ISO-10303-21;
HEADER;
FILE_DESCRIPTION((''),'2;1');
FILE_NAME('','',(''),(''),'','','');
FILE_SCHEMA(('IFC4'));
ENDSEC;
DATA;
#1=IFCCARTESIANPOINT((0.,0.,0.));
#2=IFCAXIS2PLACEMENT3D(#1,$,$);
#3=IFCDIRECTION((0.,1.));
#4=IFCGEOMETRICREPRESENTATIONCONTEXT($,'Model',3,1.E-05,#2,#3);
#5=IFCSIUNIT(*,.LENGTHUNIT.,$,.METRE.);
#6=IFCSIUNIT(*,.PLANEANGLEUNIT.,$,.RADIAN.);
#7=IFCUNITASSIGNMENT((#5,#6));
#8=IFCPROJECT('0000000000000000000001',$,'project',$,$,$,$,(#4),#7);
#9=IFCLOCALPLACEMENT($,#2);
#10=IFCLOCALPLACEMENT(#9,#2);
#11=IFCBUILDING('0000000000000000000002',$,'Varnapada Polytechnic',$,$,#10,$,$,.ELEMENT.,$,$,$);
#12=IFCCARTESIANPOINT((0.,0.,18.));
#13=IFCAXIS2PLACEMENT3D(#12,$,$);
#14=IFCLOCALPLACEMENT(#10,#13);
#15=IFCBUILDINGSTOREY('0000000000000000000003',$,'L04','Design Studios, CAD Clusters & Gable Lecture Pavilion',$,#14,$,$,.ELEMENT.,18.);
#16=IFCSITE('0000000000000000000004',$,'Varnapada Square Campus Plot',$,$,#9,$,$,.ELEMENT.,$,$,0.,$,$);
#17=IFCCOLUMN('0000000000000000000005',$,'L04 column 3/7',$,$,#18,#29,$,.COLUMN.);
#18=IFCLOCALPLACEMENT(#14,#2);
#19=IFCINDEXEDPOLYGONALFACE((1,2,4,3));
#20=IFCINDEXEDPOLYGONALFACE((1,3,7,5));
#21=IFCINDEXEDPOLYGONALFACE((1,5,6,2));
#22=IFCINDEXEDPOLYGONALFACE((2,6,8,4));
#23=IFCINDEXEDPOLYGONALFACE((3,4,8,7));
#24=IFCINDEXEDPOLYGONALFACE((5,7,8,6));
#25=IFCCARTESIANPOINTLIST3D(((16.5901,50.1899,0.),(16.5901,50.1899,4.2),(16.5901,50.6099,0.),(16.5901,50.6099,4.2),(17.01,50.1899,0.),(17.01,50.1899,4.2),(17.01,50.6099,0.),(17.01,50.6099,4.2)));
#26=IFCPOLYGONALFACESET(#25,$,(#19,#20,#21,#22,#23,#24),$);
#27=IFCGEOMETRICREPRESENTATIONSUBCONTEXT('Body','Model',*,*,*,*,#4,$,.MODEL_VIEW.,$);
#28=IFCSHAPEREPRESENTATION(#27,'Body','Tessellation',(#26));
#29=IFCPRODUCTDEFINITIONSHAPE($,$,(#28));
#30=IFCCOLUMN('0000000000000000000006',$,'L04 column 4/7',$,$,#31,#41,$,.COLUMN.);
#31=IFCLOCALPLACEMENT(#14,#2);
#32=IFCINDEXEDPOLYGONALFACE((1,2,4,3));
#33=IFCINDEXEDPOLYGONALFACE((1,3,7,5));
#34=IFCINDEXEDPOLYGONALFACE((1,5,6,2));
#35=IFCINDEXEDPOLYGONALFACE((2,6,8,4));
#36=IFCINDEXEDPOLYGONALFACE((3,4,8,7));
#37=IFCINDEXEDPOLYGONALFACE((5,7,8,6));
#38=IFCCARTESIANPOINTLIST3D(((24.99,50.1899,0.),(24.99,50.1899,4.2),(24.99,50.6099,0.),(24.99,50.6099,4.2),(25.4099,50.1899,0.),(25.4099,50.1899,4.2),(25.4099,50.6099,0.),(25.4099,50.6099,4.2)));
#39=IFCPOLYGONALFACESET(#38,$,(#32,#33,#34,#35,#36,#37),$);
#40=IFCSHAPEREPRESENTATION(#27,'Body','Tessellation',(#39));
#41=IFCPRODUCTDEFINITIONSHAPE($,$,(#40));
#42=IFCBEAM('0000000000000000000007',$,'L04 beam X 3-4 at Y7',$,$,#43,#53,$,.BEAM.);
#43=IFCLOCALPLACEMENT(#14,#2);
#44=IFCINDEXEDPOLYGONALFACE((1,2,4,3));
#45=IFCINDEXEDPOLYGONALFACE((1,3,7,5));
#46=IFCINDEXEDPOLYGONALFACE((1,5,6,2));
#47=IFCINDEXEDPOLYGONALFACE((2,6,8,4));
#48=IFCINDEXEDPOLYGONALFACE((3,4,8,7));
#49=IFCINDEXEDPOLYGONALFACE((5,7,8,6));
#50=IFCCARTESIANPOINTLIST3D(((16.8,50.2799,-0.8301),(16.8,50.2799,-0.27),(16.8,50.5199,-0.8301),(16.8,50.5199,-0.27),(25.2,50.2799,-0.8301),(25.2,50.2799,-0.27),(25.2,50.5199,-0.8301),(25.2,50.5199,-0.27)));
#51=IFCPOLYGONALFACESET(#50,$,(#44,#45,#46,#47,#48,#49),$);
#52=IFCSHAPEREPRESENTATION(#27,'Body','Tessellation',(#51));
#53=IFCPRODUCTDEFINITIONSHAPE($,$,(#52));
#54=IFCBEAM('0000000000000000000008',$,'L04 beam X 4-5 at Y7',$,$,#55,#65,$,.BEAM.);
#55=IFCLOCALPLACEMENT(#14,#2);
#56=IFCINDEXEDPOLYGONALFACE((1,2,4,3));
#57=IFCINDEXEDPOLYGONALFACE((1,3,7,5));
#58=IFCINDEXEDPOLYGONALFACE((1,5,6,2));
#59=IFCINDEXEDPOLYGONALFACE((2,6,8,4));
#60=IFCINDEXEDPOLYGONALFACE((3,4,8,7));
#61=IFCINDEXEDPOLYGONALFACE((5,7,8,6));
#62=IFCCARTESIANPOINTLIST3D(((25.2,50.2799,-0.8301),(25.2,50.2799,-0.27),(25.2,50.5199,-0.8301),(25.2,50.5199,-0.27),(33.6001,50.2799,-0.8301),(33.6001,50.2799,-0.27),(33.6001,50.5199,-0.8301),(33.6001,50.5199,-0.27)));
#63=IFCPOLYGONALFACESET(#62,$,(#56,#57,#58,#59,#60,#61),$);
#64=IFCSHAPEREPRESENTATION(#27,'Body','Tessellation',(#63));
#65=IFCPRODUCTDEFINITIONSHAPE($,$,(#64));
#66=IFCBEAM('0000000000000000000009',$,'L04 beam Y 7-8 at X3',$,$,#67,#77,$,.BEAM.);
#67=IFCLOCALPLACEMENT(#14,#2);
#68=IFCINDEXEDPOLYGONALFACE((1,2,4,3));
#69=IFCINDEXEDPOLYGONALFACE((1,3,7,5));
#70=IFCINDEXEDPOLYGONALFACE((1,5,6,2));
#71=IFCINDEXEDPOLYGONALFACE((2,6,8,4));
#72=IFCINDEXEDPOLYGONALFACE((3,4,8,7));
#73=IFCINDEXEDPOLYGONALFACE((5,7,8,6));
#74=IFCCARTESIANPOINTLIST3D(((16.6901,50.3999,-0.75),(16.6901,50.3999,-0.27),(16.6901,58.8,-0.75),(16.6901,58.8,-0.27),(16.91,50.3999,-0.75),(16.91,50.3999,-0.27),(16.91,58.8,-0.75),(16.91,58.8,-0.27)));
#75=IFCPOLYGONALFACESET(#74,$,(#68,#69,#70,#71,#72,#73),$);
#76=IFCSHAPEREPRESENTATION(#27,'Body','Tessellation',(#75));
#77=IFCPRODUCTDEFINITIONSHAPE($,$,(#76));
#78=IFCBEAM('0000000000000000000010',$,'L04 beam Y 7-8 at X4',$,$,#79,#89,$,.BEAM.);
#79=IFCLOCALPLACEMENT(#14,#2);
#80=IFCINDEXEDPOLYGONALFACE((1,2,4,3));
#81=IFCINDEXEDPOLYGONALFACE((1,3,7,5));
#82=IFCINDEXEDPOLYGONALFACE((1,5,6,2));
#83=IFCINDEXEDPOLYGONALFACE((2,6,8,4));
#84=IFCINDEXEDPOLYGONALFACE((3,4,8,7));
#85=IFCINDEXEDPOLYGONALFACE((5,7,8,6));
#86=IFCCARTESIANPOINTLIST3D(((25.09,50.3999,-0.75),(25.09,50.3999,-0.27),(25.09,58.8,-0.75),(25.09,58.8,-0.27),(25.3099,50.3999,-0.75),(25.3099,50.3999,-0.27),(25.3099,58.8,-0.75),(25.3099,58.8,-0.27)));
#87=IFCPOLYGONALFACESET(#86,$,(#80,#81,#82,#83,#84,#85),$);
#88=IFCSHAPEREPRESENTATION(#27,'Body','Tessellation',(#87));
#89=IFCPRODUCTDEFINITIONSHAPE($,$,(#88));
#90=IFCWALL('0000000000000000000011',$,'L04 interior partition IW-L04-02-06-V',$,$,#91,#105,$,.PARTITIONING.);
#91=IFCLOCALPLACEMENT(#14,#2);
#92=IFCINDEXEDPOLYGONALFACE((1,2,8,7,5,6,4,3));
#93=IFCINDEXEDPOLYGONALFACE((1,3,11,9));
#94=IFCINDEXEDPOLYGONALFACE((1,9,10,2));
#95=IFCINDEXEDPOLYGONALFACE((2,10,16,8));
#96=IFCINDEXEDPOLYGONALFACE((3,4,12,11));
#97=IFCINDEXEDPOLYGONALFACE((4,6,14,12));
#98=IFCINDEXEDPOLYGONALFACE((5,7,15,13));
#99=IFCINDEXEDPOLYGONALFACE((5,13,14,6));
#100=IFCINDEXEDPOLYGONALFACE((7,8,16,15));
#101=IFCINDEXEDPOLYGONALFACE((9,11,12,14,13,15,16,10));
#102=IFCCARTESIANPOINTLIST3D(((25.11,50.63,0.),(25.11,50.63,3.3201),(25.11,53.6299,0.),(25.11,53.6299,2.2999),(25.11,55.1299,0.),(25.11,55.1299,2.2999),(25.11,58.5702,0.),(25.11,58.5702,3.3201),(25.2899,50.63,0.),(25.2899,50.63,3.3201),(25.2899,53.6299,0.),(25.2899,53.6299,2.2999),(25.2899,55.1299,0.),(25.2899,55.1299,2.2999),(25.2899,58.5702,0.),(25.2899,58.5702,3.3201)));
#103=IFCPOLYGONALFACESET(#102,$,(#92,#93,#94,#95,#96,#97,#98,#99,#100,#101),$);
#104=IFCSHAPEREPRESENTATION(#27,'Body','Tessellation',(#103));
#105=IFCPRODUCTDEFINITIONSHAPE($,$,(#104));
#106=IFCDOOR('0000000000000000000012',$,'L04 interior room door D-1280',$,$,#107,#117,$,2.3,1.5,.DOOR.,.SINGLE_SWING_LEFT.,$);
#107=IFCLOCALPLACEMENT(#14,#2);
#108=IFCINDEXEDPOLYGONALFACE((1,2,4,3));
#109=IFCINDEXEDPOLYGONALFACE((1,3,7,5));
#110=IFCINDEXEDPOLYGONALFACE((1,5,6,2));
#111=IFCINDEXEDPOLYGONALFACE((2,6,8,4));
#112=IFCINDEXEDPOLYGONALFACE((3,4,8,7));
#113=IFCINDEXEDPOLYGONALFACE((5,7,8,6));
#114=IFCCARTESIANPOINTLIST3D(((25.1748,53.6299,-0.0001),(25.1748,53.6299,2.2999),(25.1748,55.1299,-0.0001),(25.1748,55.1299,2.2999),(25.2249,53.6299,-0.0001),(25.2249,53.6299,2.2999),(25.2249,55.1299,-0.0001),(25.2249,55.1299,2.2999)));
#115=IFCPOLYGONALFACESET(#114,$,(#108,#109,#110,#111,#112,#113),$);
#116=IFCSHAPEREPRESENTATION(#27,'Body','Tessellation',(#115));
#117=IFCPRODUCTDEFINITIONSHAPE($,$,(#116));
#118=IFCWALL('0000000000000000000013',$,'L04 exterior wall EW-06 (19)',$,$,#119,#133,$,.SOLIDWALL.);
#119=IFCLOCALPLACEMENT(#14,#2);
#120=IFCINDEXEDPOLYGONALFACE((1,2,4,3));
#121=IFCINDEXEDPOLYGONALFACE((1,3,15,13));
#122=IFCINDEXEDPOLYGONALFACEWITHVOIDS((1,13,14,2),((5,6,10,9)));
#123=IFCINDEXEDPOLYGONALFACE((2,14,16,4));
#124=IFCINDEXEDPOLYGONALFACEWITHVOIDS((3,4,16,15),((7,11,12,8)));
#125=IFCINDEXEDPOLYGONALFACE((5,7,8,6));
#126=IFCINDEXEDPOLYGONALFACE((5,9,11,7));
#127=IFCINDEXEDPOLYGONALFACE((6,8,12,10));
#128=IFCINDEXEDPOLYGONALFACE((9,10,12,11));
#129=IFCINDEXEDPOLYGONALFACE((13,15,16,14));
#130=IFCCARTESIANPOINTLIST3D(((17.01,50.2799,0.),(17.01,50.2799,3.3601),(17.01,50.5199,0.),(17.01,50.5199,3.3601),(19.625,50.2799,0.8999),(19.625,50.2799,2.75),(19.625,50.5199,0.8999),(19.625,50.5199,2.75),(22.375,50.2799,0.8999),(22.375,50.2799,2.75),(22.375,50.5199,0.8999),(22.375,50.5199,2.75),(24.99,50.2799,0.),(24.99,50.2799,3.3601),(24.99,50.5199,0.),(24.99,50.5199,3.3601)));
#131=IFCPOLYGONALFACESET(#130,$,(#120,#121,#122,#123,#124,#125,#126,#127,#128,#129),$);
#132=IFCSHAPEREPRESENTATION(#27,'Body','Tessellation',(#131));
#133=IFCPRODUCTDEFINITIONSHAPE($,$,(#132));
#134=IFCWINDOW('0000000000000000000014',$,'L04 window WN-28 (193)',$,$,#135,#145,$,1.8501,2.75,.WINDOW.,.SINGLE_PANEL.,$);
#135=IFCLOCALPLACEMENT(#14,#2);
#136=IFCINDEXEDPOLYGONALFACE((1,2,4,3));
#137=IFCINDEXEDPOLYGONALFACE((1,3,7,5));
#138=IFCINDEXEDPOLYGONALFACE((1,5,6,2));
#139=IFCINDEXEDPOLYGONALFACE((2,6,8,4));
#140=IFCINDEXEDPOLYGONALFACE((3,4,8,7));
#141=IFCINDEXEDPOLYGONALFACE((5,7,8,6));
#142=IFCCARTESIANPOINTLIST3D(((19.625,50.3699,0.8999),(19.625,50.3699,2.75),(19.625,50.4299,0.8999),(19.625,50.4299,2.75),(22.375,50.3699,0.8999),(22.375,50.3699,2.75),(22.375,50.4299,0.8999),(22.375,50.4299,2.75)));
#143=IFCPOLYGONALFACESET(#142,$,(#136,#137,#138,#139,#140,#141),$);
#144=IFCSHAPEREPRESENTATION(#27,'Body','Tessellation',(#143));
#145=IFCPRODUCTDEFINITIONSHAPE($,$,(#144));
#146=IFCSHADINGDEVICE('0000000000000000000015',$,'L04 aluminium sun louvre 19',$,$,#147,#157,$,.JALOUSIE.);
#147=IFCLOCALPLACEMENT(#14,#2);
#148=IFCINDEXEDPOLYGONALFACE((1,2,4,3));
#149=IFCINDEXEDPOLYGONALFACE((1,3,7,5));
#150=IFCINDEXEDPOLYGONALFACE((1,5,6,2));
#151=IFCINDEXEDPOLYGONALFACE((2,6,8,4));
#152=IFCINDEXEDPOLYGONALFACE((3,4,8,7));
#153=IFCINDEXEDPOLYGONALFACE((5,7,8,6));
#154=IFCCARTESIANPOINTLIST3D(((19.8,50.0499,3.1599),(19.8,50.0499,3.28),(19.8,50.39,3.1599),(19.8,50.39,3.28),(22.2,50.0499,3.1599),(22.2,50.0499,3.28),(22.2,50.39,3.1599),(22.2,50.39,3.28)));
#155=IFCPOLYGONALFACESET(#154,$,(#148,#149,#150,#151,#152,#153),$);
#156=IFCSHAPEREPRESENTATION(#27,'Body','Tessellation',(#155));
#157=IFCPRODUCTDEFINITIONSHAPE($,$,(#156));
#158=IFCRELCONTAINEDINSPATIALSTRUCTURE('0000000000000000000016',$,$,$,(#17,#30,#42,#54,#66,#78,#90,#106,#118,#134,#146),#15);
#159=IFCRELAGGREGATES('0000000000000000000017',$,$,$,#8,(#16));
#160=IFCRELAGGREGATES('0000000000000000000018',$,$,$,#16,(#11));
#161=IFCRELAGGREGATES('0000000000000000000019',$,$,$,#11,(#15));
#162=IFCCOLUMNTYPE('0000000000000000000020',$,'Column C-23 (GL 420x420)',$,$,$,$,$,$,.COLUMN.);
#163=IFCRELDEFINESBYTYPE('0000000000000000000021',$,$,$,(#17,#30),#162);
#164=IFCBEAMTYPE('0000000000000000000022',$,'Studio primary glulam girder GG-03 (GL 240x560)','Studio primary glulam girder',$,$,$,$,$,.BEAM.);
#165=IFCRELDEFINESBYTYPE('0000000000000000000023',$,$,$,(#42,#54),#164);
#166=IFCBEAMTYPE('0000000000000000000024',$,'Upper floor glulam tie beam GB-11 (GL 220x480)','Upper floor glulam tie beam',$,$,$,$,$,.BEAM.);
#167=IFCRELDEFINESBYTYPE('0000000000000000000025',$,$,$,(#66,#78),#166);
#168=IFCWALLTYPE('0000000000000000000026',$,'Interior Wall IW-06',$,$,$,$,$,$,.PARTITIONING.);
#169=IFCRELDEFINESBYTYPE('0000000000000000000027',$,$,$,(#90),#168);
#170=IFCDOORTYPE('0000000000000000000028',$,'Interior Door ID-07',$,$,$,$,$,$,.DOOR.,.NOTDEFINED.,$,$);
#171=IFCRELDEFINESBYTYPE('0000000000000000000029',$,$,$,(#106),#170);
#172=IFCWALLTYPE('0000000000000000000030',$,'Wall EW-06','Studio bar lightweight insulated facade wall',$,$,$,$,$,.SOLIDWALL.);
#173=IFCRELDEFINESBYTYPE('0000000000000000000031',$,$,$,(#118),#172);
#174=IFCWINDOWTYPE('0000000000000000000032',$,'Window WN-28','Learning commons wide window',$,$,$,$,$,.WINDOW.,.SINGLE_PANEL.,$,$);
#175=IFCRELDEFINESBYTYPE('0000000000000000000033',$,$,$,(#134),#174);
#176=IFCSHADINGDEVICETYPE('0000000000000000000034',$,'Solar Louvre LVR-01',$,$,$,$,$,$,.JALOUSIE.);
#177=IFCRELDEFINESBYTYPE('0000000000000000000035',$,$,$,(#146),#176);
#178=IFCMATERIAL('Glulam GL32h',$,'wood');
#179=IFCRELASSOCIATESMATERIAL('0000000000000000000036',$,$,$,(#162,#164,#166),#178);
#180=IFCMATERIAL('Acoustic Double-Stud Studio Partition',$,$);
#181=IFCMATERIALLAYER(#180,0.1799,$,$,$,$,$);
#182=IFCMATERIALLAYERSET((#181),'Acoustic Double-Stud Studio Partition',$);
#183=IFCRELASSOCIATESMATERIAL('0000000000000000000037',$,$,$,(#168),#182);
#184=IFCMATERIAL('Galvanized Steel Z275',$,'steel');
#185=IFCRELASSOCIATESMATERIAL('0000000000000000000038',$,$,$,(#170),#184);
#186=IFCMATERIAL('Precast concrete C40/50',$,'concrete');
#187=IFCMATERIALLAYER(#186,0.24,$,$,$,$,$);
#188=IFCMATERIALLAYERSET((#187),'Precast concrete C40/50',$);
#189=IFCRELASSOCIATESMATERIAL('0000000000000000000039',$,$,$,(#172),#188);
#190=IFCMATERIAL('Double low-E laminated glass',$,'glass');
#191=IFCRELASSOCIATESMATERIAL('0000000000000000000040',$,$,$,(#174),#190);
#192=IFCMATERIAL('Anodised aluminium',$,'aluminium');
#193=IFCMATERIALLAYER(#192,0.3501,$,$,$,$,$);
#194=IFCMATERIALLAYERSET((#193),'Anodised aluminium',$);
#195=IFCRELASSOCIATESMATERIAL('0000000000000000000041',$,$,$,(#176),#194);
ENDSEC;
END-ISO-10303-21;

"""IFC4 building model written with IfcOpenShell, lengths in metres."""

from ifc_helpers import new_model, si_unit, direction, frame, frame_2d, origin, origin_2d, place, context, subcontext, project, spatial, rectangle, extrude, material, layer, layer_set, material_profile, profile_set, type_object, element, fill, save


model = new_model("IFC4")

# Units and contexts
model_context = context("Model", 3, precision=1e-05, world=origin(), true_north=direction((0.0, 1.0)))
body_context = subcontext(model_context, "Body", "Model", "MODEL_VIEW")
ifc_project = project(units=[si_unit("LENGTHUNIT", "METRE"), si_unit("PLANEANGLEUNIT", "RADIAN")], contexts=[model_context])

# Site, building, storey
site_placement = place(None, origin())
site = spatial("IfcSite", under=ifc_project, at=site_placement, Name="Varnapada Square Campus Plot", CompositionType="ELEMENT", RefElevation=0.0)
building_placement = place(site_placement, origin())
building = spatial("IfcBuilding", under=site, at=building_placement, Name="Varnapada Polytechnic", CompositionType="ELEMENT")
storey_placement = place(building_placement, frame((0.0, 0.0, 18.0)))
storey = spatial("IfcBuildingStorey", under=building, at=storey_placement, Name="L04", Description="Design Studios, CAD Clusters & Gable Lecture Pavilion", CompositionType="ELEMENT", Elevation=18.0)

# Columns
ifc_material_1 = material(Name="Glulam GL32h", Category="wood")
ifc_material_profile_1 = material_profile(ifc_material_1, rectangle(XDim=0.4199, YDim=0.4199, at=origin_2d()), Name="GL 420x420")
ifc_profile_set_1 = profile_set([ifc_material_profile_1], Name="Glulam GL32h")
column_type = type_object("IfcColumnType", Name="Column C-23 (GL 420x420)", PredefinedType="COLUMN", material=ifc_profile_set_1)
for number, where, z_axis, x_axis, name in (
    (1, (16.8, 50.3999, 0.0), (0.0, 0.0, 1.0), (1.0, 0.0, 0.0), "L04 column 3/7"),
    (2, (25.2, 50.3999, 0.0), (0.0, 0.0, 1.0), (1.0, 0.0, 0.0), "L04 column 4/7"),
):
    element("IfcColumn", number, at=place(storey_placement, frame(where, z_axis=z_axis, x_axis=x_axis)), inside=storey, type_object=column_type, Name=name, PredefinedType="COLUMN", context=body_context, shape_type="SweptSolid", body=[
        extrude(rectangle(XDim=0.4199, YDim=0.4199, at=origin_2d()), origin(), (0.0, 0.0, 1.0), 4.2),
    ])

# Beams
ifc_material_profile_2 = material_profile(ifc_material_1, rectangle(XDim=0.24, YDim=0.5601, at=origin_2d()), Name="GL 240x560")
ifc_profile_set_2 = profile_set([ifc_material_profile_2], Name="Glulam GL32h")
beam_type_1 = type_object("IfcBeamType", Name="Studio primary glulam girder GG-03 (GL 240x560)", Description="Studio primary glulam girder", PredefinedType="BEAM", material=ifc_profile_set_2)
beam_1_placement = place(storey_placement, frame((16.8, 50.3999, -0.55), z_axis=(1.0, 0.0, 0.0), x_axis=(0.0, 1.0, 0.0)))
element("IfcBeam", 3, at=beam_1_placement, inside=storey, type_object=beam_type_1, Name="L04 beam X 3-4 at Y7", PredefinedType="BEAM", context=body_context, shape_type="SweptSolid", body=[
    extrude(rectangle(XDim=0.24, YDim=0.5601, at=origin_2d()), origin(), (0.0, 0.0, 1.0), 8.3999),
])
beam_2_placement = place(storey_placement, frame((25.2, 50.3999, -0.55), z_axis=(1.0, 0.0, 0.0), x_axis=(0.0, 1.0, 0.0)))
element("IfcBeam", 4, at=beam_2_placement, inside=storey, type_object=beam_type_1, Name="L04 beam X 4-5 at Y7", PredefinedType="BEAM", context=body_context, shape_type="SweptSolid", body=[
    extrude(rectangle(XDim=0.24, YDim=0.5601, at=origin_2d()), origin(), (0.0, 0.0, 1.0), 8.4001),
])
ifc_material_profile_3 = material_profile(ifc_material_1, rectangle(XDim=0.22, YDim=0.48, at=origin_2d()), Name="GL 220x480")
ifc_profile_set_3 = profile_set([ifc_material_profile_3], Name="Glulam GL32h")
beam_type_2 = type_object("IfcBeamType", Name="Upper floor glulam tie beam GB-11 (GL 220x480)", Description="Upper floor glulam tie beam", PredefinedType="BEAM", material=ifc_profile_set_3)
for number, where, z_axis, x_axis, name in (
    (5, (16.8, 50.3999, -0.51), (0.0, 1.0, 0.0), (-1.0, 0.0, 0.0), "L04 beam Y 7-8 at X3"),
    (6, (25.2, 50.3999, -0.51), (0.0, 1.0, 0.0), (-1.0, 0.0, 0.0), "L04 beam Y 7-8 at X4"),
):
    element("IfcBeam", number, at=place(storey_placement, frame(where, z_axis=z_axis, x_axis=x_axis)), inside=storey, type_object=beam_type_2, Name=name, PredefinedType="BEAM", context=body_context, shape_type="SweptSolid", body=[
        extrude(rectangle(XDim=0.22, YDim=0.48, at=origin_2d()), origin(), (0.0, 0.0, 1.0), 8.4001),
    ])

# Wall, opening, door
ifc_material_2 = material(Name="Acoustic Double-Stud Studio Partition")
ifc_layer_1 = layer(ifc_material_2, 0.1799)
ifc_layer_set_1 = layer_set([ifc_layer_1], Name="Acoustic Double-Stud Studio Partition")
wall_type_1 = type_object("IfcWallType", Name="Interior Wall IW-06", PredefinedType="PARTITIONING", material=ifc_layer_set_1)
wall_1_placement = place(storey_placement, frame((25.2, 50.6299, 0.0), z_axis=(0.0, 0.0, 1.0), x_axis=(0.0, 1.0, 0.0)))
wall_1 = element("IfcWall", 7, at=wall_1_placement, inside=storey, type_object=wall_type_1, Name="L04 interior partition IW-L04-02-06-V", PredefinedType="PARTITIONING", context=body_context, shape_type="SweptSolid", body=[
    extrude(rectangle(XDim=7.9402, YDim=0.1799, at=frame_2d((3.9702, 0.0))), origin(), (0.0, 0.0, 1.0), 3.3201),
])
opening_1_placement = place(wall_1_placement, frame((3.0, 0.0, 0.0)))
opening_1 = element("IfcOpeningElement", 8, at=opening_1_placement, cuts=wall_1, PredefinedType="OPENING", context=body_context, shape_type="SweptSolid", body=[
    extrude(rectangle(XDim=1.5, YDim=2.3, at=frame_2d((0.75, 1.1499))), frame((0.0, 0.0999, 0.0), z_axis=(0.0, -1.0, 0.0), x_axis=(1.0, 0.0, 0.0)), (0.0, 0.0, 1.0), 0.2),
])
ifc_material_3 = material(Name="Galvanized Steel Z275", Category="steel")
door_type = type_object("IfcDoorType", Name="Interior Door ID-07", OperationType="NOTDEFINED", PredefinedType="DOOR", material=ifc_material_3)
door_placement = place(opening_1_placement, frame((1.5, 0.0, 0.0), z_axis=(0.0, 0.0, 1.0), x_axis=(-1.0, 0.0, 0.0)))
door = element("IfcDoor", 9, at=door_placement, inside=storey, type_object=door_type, Name="L04 interior room door D-1280", OperationType="SINGLE_SWING_LEFT", OverallHeight=2.3, OverallWidth=1.5, PredefinedType="DOOR", context=body_context, shape_type="SweptSolid", body=[
    extrude(rectangle(XDim=1.5, YDim=2.3, at=frame_2d((0.75, 1.1499))), frame((0.0, 0.0249, 0.0), z_axis=(0.0, -1.0, 0.0), x_axis=(1.0, 0.0, 0.0)), (0.0, 0.0, 1.0), 0.05),
])
fill(opening_1, door)

# Wall, opening, window
ifc_material_4 = material(Name="Precast concrete C40/50", Category="concrete")
ifc_layer_2 = layer(ifc_material_4, 0.24)
ifc_layer_set_2 = layer_set([ifc_layer_2], Name="Precast concrete C40/50")
wall_type_2 = type_object("IfcWallType", Name="Wall EW-06", Description="Studio bar lightweight insulated facade wall", PredefinedType="SOLIDWALL", material=ifc_layer_set_2)
wall_2_placement = place(storey_placement, frame((24.99, 50.3999, 0.0), z_axis=(0.0, 0.0, 1.0), x_axis=(-1.0, 0.0, 0.0)))
wall_2 = element("IfcWall", 10, at=wall_2_placement, inside=storey, type_object=wall_type_2, Name="L04 exterior wall EW-06 (19)", PredefinedType="SOLIDWALL", context=body_context, shape_type="SweptSolid", body=[
    extrude(rectangle(XDim=7.98, YDim=0.24, at=frame_2d((3.99, 0.0))), origin(), (0.0, 0.0, 1.0), 3.3601),
])
opening_2_placement = place(wall_2_placement, frame((2.615, 0.0, 0.8999)))
opening_2 = element("IfcOpeningElement", 11, at=opening_2_placement, cuts=wall_2, PredefinedType="OPENING", context=body_context, shape_type="SweptSolid", body=[
    extrude(rectangle(XDim=2.75, YDim=1.8501, at=frame_2d((1.375, 0.925))), frame((0.0, 0.1299, 0.0), z_axis=(0.0, -1.0, 0.0), x_axis=(1.0, 0.0, 0.0)), (0.0, 0.0, 1.0), 0.26),
])
ifc_material_5 = material(Name="Double low-E laminated glass", Category="glass")
window_type = type_object("IfcWindowType", Name="Window WN-28", Description="Learning commons wide window", PartitioningType="SINGLE_PANEL", PredefinedType="WINDOW", material=ifc_material_5)
window_placement = place(opening_2_placement, origin())
window = element("IfcWindow", 12, at=window_placement, inside=storey, type_object=window_type, Name="L04 window WN-28 (193)", OverallHeight=1.8501, OverallWidth=2.75, PartitioningType="SINGLE_PANEL", PredefinedType="WINDOW", context=body_context, shape_type="SweptSolid", body=[
    extrude(rectangle(XDim=2.75, YDim=1.8501, at=frame_2d((1.375, 0.925))), frame((0.0, 0.03, 0.0), z_axis=(0.0, -1.0, 0.0), x_axis=(1.0, 0.0, 0.0)), (0.0, 0.0, 1.0), 0.0601),
])
fill(opening_2, window)

# Shading device
ifc_material_6 = material(Name="Anodised aluminium", Category="aluminium")
ifc_layer_3 = layer(ifc_material_6, 0.3501)
ifc_layer_set_3 = layer_set([ifc_layer_3], Name="Anodised aluminium")
shading_device_type = type_object("IfcShadingDeviceType", Name="Solar Louvre LVR-01", PredefinedType="JALOUSIE", material=ifc_layer_set_3)
shading_device_placement = place(storey_placement, frame((21.0, 50.22, 3.1599), z_axis=(0.0, 0.0, 1.0), x_axis=(-1.0, 0.0, 0.0)))
element("IfcShadingDevice", 13, at=shading_device_placement, inside=storey, type_object=shading_device_type, Name="L04 aluminium sun louvre 19", PredefinedType="JALOUSIE", context=body_context, shape_type="SweptSolid", body=[
    extrude(rectangle(XDim=2.3999, YDim=0.3401, at=origin_2d()), origin(), (0.0, 0.0, 1.0), 0.1201),
])

save(model, "model.ifc")
